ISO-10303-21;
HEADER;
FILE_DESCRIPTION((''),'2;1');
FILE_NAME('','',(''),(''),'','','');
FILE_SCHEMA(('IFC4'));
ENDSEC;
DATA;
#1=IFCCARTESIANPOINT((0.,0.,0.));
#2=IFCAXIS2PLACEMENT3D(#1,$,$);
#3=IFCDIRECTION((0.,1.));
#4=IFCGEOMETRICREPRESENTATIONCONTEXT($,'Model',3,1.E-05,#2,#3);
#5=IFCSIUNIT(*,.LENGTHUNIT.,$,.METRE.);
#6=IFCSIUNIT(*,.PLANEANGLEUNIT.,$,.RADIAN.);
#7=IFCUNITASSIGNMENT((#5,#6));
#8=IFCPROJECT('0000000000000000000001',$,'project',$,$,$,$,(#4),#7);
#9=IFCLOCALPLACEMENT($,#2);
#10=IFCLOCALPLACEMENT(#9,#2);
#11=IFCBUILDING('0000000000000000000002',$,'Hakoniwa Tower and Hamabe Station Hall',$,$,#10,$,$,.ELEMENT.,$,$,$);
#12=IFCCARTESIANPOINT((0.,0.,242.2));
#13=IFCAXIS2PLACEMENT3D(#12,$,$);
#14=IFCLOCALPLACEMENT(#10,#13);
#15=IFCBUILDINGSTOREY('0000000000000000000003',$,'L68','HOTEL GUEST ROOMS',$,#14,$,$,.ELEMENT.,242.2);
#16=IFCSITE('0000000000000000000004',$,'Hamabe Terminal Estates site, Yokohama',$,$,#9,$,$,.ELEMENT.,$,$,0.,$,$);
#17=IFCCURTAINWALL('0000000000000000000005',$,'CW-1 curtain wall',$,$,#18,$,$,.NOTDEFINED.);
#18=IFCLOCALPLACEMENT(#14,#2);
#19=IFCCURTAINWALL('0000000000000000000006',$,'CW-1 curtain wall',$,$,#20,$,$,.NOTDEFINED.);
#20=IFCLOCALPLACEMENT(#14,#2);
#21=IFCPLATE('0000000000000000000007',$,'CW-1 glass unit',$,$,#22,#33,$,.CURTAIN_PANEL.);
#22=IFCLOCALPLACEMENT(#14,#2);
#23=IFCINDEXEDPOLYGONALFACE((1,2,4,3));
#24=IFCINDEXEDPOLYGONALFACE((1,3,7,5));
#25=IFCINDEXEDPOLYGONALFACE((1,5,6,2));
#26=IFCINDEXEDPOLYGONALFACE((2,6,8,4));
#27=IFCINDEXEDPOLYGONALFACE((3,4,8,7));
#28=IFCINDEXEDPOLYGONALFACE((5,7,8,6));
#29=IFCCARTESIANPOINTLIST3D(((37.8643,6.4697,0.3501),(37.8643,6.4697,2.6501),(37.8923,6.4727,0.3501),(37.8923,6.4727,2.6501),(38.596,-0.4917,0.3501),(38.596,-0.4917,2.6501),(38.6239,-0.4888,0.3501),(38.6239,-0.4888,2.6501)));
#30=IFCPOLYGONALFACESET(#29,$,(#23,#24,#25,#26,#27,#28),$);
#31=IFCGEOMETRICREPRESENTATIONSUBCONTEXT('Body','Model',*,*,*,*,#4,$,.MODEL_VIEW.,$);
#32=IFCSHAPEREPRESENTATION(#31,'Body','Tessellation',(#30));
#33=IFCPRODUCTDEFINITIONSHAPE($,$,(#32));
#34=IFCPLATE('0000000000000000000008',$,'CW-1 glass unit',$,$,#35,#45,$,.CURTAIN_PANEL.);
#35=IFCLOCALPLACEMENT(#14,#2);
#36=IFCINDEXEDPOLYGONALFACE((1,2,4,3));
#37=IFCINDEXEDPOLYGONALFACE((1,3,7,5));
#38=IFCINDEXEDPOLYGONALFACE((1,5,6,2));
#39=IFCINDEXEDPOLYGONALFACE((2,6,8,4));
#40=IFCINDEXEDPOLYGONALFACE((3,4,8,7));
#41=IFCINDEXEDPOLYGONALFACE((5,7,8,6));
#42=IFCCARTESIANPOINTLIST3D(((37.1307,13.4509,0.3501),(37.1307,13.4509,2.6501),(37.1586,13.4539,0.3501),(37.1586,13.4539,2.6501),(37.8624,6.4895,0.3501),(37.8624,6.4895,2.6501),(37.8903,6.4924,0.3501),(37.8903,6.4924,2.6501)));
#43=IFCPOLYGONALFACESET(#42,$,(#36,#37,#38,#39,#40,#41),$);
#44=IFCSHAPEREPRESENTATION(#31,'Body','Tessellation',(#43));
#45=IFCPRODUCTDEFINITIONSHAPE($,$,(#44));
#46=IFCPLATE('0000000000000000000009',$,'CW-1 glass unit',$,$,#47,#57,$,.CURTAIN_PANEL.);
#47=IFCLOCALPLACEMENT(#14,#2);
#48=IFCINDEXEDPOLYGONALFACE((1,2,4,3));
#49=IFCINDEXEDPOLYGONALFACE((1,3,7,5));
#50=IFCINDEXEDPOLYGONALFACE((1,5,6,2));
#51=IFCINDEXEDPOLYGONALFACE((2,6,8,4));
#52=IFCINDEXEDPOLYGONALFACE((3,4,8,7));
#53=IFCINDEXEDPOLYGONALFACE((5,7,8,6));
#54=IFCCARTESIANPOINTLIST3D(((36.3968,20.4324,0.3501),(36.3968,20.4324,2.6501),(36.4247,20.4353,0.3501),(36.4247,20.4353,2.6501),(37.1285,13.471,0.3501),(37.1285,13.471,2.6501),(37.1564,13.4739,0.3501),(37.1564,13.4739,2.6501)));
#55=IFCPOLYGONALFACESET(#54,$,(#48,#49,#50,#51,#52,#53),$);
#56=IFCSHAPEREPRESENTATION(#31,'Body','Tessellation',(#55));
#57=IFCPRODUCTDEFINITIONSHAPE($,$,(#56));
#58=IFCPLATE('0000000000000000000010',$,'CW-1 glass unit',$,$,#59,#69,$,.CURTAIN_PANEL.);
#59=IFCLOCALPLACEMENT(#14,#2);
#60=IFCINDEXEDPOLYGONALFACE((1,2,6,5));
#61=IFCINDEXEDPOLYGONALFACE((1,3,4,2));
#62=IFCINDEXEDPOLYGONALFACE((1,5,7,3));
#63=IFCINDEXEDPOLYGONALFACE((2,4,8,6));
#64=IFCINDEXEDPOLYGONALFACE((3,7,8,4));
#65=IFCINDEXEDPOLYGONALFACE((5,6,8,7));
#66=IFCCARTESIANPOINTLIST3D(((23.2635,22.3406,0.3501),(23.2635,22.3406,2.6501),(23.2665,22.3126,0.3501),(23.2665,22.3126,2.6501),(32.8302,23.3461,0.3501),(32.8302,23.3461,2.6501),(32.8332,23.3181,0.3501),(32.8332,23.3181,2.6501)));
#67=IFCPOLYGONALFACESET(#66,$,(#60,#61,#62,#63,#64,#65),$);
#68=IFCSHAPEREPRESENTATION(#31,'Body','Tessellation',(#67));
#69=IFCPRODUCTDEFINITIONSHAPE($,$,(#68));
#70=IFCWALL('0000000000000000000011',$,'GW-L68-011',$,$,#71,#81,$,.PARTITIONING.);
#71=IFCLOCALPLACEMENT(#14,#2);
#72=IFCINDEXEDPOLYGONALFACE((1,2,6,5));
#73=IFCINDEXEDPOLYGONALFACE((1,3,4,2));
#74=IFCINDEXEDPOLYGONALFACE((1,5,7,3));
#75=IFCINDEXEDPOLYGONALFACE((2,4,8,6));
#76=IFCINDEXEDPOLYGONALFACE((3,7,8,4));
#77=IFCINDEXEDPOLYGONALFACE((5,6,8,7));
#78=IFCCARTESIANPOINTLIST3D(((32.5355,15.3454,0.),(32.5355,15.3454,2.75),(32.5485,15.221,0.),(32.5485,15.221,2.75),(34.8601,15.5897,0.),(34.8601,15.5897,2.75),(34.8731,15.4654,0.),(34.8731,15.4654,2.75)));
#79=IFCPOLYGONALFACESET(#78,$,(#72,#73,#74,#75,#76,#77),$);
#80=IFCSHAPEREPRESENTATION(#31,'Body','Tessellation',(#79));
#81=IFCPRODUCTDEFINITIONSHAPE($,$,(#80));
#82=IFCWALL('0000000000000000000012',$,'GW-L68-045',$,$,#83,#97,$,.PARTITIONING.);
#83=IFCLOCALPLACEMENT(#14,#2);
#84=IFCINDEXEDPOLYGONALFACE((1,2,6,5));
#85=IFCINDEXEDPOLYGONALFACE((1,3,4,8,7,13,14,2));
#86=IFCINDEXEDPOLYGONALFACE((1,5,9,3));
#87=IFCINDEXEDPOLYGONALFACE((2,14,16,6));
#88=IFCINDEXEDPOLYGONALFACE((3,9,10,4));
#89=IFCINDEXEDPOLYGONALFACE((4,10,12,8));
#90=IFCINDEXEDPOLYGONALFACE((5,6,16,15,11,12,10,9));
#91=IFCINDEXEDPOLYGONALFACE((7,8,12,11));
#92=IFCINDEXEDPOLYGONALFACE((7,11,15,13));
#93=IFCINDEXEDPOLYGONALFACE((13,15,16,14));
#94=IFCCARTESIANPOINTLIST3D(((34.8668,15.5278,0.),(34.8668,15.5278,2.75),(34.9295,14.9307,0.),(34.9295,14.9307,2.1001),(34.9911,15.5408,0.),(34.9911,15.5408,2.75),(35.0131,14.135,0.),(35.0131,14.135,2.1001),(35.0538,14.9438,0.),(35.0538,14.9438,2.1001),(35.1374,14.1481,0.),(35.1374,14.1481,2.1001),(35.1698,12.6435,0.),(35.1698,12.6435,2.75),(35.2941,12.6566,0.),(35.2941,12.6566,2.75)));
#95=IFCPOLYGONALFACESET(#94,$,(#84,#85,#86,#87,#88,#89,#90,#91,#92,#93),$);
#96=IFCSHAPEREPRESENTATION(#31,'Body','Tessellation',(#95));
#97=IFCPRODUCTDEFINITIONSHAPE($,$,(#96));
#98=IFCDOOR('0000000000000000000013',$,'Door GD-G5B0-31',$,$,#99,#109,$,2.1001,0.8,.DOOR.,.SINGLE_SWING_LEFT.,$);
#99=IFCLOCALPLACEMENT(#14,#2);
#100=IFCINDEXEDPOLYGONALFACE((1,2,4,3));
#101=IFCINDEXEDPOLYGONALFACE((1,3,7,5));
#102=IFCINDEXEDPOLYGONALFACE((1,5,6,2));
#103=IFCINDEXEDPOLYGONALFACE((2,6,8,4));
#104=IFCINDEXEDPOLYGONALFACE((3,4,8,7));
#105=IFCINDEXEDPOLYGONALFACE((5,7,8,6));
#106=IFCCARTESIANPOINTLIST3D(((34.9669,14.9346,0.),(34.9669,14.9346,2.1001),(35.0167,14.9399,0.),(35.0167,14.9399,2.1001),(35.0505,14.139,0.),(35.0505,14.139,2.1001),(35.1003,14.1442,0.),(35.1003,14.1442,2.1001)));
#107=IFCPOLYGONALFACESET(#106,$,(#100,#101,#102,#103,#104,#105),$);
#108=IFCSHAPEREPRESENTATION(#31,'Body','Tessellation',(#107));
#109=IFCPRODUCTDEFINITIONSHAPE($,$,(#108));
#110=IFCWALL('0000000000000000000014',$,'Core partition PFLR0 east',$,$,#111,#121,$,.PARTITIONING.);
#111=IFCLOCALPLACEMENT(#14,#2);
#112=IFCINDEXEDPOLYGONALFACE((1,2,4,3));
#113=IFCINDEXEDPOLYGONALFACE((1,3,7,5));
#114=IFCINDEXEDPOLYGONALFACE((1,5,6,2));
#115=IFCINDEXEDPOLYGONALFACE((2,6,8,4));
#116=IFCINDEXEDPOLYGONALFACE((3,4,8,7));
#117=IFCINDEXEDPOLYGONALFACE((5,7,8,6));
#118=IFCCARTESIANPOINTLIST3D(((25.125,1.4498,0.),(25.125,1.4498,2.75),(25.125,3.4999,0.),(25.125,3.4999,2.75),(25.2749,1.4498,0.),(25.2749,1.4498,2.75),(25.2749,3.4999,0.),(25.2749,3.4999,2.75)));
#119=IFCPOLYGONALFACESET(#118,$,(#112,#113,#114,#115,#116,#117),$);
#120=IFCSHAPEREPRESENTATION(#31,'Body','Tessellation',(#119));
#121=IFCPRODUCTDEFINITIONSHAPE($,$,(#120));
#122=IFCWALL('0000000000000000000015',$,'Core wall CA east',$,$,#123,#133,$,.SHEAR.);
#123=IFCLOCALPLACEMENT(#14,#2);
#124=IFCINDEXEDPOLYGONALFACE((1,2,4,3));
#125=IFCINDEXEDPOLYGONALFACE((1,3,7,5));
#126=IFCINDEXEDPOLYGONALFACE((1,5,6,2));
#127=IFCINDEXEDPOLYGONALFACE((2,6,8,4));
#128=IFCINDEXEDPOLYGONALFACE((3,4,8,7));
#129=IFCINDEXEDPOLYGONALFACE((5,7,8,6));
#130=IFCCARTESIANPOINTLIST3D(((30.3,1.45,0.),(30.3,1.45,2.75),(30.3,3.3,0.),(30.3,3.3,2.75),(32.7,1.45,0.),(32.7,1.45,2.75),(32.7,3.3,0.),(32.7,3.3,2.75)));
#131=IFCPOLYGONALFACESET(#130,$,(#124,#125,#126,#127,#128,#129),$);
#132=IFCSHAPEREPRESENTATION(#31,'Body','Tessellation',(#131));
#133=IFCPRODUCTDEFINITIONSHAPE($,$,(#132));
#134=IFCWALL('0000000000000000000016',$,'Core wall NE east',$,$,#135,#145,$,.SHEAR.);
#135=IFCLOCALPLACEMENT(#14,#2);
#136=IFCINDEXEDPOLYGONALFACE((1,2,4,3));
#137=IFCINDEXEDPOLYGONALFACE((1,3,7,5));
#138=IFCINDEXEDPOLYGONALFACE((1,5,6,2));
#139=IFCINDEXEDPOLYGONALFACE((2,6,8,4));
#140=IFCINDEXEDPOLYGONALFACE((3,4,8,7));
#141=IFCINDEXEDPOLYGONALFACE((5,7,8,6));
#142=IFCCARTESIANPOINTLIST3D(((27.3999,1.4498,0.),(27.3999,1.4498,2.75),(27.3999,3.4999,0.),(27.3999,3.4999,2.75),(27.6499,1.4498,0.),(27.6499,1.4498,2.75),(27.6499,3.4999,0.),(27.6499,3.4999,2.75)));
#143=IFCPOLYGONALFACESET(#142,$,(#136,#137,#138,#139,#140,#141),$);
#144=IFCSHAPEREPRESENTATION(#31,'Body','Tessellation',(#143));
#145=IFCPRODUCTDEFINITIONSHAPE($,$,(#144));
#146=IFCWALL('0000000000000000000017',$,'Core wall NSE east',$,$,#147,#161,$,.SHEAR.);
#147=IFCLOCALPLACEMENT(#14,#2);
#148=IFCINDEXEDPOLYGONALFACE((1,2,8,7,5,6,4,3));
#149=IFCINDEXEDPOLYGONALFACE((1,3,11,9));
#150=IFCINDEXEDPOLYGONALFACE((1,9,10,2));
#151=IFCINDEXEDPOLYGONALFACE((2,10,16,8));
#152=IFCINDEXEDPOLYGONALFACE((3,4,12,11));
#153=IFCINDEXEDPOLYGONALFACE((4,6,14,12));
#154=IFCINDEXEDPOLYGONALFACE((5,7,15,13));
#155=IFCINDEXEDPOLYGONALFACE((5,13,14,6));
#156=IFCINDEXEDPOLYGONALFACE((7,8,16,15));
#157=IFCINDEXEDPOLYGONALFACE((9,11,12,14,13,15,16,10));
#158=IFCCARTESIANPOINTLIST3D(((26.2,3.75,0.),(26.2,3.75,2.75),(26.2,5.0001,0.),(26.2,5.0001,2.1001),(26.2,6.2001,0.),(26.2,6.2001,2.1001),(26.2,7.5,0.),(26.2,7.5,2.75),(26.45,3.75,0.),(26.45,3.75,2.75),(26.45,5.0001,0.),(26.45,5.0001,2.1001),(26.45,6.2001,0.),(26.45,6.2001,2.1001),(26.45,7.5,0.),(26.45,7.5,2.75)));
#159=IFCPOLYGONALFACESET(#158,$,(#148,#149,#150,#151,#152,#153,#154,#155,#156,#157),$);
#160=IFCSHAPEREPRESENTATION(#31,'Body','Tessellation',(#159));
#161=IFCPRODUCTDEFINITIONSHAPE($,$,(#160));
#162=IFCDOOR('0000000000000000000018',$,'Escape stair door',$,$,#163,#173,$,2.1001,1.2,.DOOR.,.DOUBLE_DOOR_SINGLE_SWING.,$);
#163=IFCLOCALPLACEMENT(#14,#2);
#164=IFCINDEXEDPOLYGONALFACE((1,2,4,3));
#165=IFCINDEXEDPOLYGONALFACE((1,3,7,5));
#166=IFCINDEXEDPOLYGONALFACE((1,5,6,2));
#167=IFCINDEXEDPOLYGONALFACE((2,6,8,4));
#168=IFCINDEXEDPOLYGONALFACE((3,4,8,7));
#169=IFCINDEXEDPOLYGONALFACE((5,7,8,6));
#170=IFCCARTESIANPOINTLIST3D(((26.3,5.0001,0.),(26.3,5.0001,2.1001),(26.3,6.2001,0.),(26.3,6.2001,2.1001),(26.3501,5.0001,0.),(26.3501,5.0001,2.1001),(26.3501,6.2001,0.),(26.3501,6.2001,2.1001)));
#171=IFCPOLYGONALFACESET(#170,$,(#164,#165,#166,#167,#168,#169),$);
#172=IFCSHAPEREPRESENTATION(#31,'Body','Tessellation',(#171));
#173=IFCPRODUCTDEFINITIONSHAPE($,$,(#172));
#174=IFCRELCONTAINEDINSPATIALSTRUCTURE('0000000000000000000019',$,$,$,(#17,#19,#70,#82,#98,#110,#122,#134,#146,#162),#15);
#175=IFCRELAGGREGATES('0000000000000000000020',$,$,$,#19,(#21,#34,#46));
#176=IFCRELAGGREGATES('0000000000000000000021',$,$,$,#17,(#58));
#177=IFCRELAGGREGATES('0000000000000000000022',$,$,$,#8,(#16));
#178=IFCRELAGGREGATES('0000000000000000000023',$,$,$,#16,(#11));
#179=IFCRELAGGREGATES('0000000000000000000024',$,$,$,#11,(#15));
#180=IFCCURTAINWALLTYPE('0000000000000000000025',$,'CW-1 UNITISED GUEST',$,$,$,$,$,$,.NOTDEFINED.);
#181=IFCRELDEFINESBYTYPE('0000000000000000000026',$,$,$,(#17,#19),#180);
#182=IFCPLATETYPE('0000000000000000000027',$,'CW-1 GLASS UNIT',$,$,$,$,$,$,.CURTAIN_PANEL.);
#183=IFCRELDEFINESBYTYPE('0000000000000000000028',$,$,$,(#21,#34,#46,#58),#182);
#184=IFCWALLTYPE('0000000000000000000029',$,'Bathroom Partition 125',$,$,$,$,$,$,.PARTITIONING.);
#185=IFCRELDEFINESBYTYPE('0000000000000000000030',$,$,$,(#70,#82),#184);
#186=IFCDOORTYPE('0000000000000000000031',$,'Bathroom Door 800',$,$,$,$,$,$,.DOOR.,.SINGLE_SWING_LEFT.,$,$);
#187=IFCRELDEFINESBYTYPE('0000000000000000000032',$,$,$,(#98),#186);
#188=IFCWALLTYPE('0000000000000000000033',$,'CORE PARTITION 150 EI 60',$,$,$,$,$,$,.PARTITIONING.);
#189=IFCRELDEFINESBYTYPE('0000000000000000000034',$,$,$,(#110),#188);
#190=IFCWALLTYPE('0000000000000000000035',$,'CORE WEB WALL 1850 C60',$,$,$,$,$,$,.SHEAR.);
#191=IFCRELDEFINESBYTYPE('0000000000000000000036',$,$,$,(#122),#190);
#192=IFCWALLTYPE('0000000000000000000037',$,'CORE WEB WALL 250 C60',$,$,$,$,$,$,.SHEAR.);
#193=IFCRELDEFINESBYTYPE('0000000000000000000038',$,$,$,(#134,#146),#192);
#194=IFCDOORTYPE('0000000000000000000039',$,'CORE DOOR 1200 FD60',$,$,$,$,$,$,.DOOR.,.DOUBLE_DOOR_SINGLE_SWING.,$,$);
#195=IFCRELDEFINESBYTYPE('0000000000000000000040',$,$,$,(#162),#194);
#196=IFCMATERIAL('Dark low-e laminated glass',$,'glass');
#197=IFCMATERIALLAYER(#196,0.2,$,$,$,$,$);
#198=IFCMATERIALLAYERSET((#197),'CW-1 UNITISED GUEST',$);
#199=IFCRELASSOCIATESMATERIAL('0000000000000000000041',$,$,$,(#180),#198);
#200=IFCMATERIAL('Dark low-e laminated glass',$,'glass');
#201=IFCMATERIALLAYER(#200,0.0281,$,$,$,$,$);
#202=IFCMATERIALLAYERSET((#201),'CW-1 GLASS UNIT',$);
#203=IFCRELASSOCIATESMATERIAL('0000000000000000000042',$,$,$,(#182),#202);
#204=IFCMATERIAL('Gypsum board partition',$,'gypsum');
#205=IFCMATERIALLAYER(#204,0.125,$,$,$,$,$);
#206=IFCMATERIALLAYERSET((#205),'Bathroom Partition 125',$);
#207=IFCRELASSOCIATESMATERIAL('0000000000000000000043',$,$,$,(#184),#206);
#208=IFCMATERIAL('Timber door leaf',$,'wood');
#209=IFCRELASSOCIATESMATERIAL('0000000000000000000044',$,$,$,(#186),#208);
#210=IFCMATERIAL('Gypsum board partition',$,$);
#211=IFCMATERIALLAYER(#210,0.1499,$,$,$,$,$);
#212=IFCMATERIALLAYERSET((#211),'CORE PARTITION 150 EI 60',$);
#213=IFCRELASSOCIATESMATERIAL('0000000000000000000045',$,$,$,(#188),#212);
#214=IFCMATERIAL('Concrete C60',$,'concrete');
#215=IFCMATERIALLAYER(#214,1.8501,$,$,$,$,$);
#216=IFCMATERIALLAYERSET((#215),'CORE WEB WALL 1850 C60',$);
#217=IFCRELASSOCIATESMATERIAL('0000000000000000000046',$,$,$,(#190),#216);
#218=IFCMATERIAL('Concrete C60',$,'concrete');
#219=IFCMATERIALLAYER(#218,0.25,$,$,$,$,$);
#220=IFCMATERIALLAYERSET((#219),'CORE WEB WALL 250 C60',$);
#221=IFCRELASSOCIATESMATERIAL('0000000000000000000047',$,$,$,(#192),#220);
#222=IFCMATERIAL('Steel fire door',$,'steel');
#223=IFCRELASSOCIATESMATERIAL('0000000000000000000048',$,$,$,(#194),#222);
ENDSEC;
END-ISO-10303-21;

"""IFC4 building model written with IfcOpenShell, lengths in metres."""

from ifc_helpers import new_model, si_unit, direction, frame, frame_2d, origin, origin_2d, place, context, subcontext, project, spatial, rectangle, extrude, material, layer, layer_set, type_object, element, fill, aggregate, save


model = new_model("IFC4")

# Units and contexts
model_context = context("Model", 3, precision=1e-05, world=origin(), true_north=direction((0.0, 1.0)))
body_context = subcontext(model_context, "Body", "Model", "MODEL_VIEW")
ifc_project = project(units=[si_unit("LENGTHUNIT", "METRE"), si_unit("PLANEANGLEUNIT", "RADIAN")], contexts=[model_context])

# Site, building, storey
site_placement = place(None, origin())
site = spatial("IfcSite", under=ifc_project, at=site_placement, Name="Hamabe Terminal Estates site, Yokohama", CompositionType="ELEMENT", RefElevation=0.0)
building_placement = place(site_placement, origin())
building = spatial("IfcBuilding", under=site, at=building_placement, Name="Hakoniwa Tower and Hamabe Station Hall", CompositionType="ELEMENT")
storey_placement = place(building_placement, frame((0.0, 0.0, 242.2)))
storey = spatial("IfcBuildingStorey", under=building, at=storey_placement, Name="L68", Description="HOTEL GUEST ROOMS", CompositionType="ELEMENT", Elevation=242.2)

# Curtain wall
ifc_material_1 = material(Name="Dark low-e laminated glass", Category="glass")
ifc_layer_1 = layer(ifc_material_1, 0.2)
ifc_layer_set_1 = layer_set([ifc_layer_1], Name="CW-1 UNITISED GUEST")
curtain_wall_type = type_object("IfcCurtainWallType", Name="CW-1 UNITISED GUEST", PredefinedType="NOTDEFINED", material=ifc_layer_set_1)
curtain_wall_1_placement = place(storey_placement, origin())
curtain_wall_1 = element("IfcCurtainWall", 1, at=curtain_wall_1_placement, inside=storey, type_object=curtain_wall_type, Name="CW-1 curtain wall", PredefinedType="NOTDEFINED")

# Curtain wall
curtain_wall_2_placement = place(storey_placement, origin())
curtain_wall_2 = element("IfcCurtainWall", 2, at=curtain_wall_2_placement, inside=storey, type_object=curtain_wall_type, Name="CW-1 curtain wall", PredefinedType="NOTDEFINED")

# Plates
ifc_material_2 = material(Name="Dark low-e laminated glass", Category="glass")
ifc_layer_2 = layer(ifc_material_2, 0.0281)
ifc_layer_set_2 = layer_set([ifc_layer_2], Name="CW-1 GLASS UNIT")
plate_type = type_object("IfcPlateType", Name="CW-1 GLASS UNIT", PredefinedType="CURTAIN_PANEL", material=ifc_layer_set_2)
plate_1_placement = place(storey_placement, frame((38.2441, 2.9905, 0.3501), z_axis=(0.0, 0.0, 1.0), x_axis=(-0.104528, 0.994522, 0.0)))
plate_1 = element("IfcPlate", 3, at=plate_1_placement, type_object=plate_type, Name="CW-1 glass unit", PredefinedType="CURTAIN_PANEL", context=body_context, shape_type="SweptSolid", body=[
    extrude(rectangle(XDim=6.9998, YDim=0.0281, at=origin_2d()), origin(), (0.0, 0.0, 1.0), 2.3),
])
plate_2_placement = place(storey_placement, frame((37.5105, 9.9717, 0.3501), z_axis=(0.0, 0.0, 1.0), x_axis=(-0.104528, 0.994522, 0.0)))
plate_2 = element("IfcPlate", 4, at=plate_2_placement, type_object=plate_type, Name="CW-1 glass unit", PredefinedType="CURTAIN_PANEL", context=body_context, shape_type="SweptSolid", body=[
    extrude(rectangle(XDim=6.9998, YDim=0.0281, at=origin_2d()), origin(), (0.0, 0.0, 1.0), 2.3),
])
plate_3_placement = place(storey_placement, frame((36.7766, 16.9531, 0.3501), z_axis=(0.0, 0.0, 1.0), x_axis=(-0.104528, 0.994522, 0.0)))
plate_3 = element("IfcPlate", 5, at=plate_3_placement, type_object=plate_type, Name="CW-1 glass unit", PredefinedType="CURTAIN_PANEL", context=body_context, shape_type="SweptSolid", body=[
    extrude(rectangle(XDim=6.9998, YDim=0.0281, at=origin_2d()), origin(), (0.0, 0.0, 1.0), 2.3),
])
aggregate(curtain_wall_2, [plate_1, plate_2, plate_3])
plate_4_placement = place(storey_placement, frame((28.0483, 22.8293, 0.3501), z_axis=(0.0, 0.0, 1.0), x_axis=(-0.994522, -0.104528, 0.0)))
plate_4 = element("IfcPlate", 6, at=plate_4_placement, type_object=plate_type, Name="CW-1 glass unit", PredefinedType="CURTAIN_PANEL", context=body_context, shape_type="SweptSolid", body=[
    extrude(rectangle(XDim=9.6194, YDim=0.0281, at=origin_2d()), origin(), (0.0, 0.0, 1.0), 2.3),
])
aggregate(curtain_wall_1, [plate_4])

# Wall
ifc_material_3 = material(Name="Gypsum board partition", Category="gypsum")
ifc_layer_3 = layer(ifc_material_3, 0.125)
ifc_layer_set_3 = layer_set([ifc_layer_3], Name="Bathroom Partition 125")
wall_type_1 = type_object("IfcWallType", Name="Bathroom Partition 125", PredefinedType="PARTITIONING", material=ifc_layer_set_3)
wall_1_placement = place(storey_placement, frame((32.542, 15.2832, 0.0), z_axis=(0.0, 0.0, 1.0), x_axis=(0.99452, 0.104549, 0.0)))
element("IfcWall", 7, at=wall_1_placement, inside=storey, type_object=wall_type_1, Name="GW-L68-011", PredefinedType="PARTITIONING", context=body_context, shape_type="SweptSolid", body=[
    extrude(rectangle(XDim=2.3374, YDim=0.125, at=frame_2d((1.1687, 0.0))), origin(), (0.0, 0.0, 1.0), 2.75),
])

# Wall, opening, door
wall_2_placement = place(storey_placement, frame((35.2319, 12.6499, 0.0), z_axis=(0.0, 0.0, 1.0), x_axis=(-0.10447, 0.994528, 0.0)))
wall_2 = element("IfcWall", 8, at=wall_2_placement, inside=storey, type_object=wall_type_1, Name="GW-L68-045", PredefinedType="PARTITIONING", context=body_context, shape_type="SweptSolid", body=[
    extrude(rectangle(XDim=2.9001, YDim=0.125, at=frame_2d((1.4502, 0.0))), origin(), (0.0, 0.0, 1.0), 2.75),
])
opening_1_placement = place(wall_2_placement, frame((1.5, 0.0, 0.0)))
opening_1 = element("IfcOpeningElement", 9, at=opening_1_placement, cuts=wall_2, PredefinedType="OPENING", context=body_context, shape_type="SweptSolid", body=[
    extrude(rectangle(XDim=0.8, YDim=2.1001, at=frame_2d((0.3999, 1.05))), frame((0.0, 0.0725, 0.0), z_axis=(0.0, -1.0, 0.0), x_axis=(1.0, 0.0, 0.0)), (0.0, 0.0, 1.0), 0.145),
])
ifc_material_4 = material(Name="Timber door leaf", Category="wood")
door_type_1 = type_object("IfcDoorType", Name="Bathroom Door 800", OperationType="SINGLE_SWING_LEFT", PredefinedType="DOOR", material=ifc_material_4)
door_1_placement = place(opening_1_placement, origin())
door_1 = element("IfcDoor", 10, at=door_1_placement, inside=storey, type_object=door_type_1, Name="Door GD-G5B0-31", OperationType="SINGLE_SWING_LEFT", OverallHeight=2.1001, OverallWidth=0.8, PredefinedType="DOOR", context=body_context, shape_type="SweptSolid", body=[
    extrude(rectangle(XDim=0.8, YDim=2.1001, at=frame_2d((0.3999, 1.05))), frame((0.0, 0.0249, 0.0), z_axis=(0.0, -1.0, 0.0), x_axis=(1.0, 0.0, 0.0)), (0.0, 0.0, 1.0), 0.05),
])
fill(opening_1, door_1)

# Walls
ifc_material_5 = material(Name="Gypsum board partition")
ifc_layer_4 = layer(ifc_material_5, 0.1499)
ifc_layer_set_4 = layer_set([ifc_layer_4], Name="CORE PARTITION 150 EI 60")
wall_type_2 = type_object("IfcWallType", Name="CORE PARTITION 150 EI 60", PredefinedType="PARTITIONING", material=ifc_layer_set_4)
wall_3_placement = place(storey_placement, frame((25.2, 1.45, 0.0), z_axis=(0.0, 0.0, 1.0), x_axis=(0.0, 1.0, 0.0)))
element("IfcWall", 11, at=wall_3_placement, inside=storey, type_object=wall_type_2, Name="Core partition PFLR0 east", PredefinedType="PARTITIONING", context=body_context, shape_type="SweptSolid", body=[
    extrude(rectangle(XDim=2.05, YDim=0.1499, at=frame_2d((1.0249, 0.0))), origin(), (0.0, 0.0, 1.0), 2.75),
])
ifc_material_6 = material(Name="Concrete C60", Category="concrete")
ifc_layer_5 = layer(ifc_material_6, 1.8501)
ifc_layer_set_5 = layer_set([ifc_layer_5], Name="CORE WEB WALL 1850 C60")
wall_type_3 = type_object("IfcWallType", Name="CORE WEB WALL 1850 C60", PredefinedType="SHEAR", material=ifc_layer_set_5)
wall_4_placement = place(storey_placement, frame((30.3, 2.375, 0.0), z_axis=(0.0, 0.0, 1.0), x_axis=(1.0, 0.0, 0.0)))
element("IfcWall", 12, at=wall_4_placement, inside=storey, type_object=wall_type_3, Name="Core wall CA east", PredefinedType="SHEAR", context=body_context, shape_type="SweptSolid", body=[
    extrude(rectangle(XDim=2.3999, YDim=1.8501, at=frame_2d((1.2, 0.0))), origin(), (0.0, 0.0, 1.0), 2.75),
])
ifc_material_7 = material(Name="Concrete C60", Category="concrete")
ifc_layer_6 = layer(ifc_material_7, 0.25)
ifc_layer_set_6 = layer_set([ifc_layer_6], Name="CORE WEB WALL 250 C60")
wall_type_4 = type_object("IfcWallType", Name="CORE WEB WALL 250 C60", PredefinedType="SHEAR", material=ifc_layer_set_6)
wall_5_placement = place(storey_placement, frame((27.5249, 1.45, 0.0), z_axis=(0.0, 0.0, 1.0), x_axis=(0.0, 1.0, 0.0)))
element("IfcWall", 13, at=wall_5_placement, inside=storey, type_object=wall_type_4, Name="Core wall NE east", PredefinedType="SHEAR", context=body_context, shape_type="SweptSolid", body=[
    extrude(rectangle(XDim=2.05, YDim=0.25, at=frame_2d((1.0249, 0.0))), origin(), (0.0, 0.0, 1.0), 2.75),
])

# Wall, opening, door
wall_6_placement = place(storey_placement, frame((26.325, 3.75, 0.0), z_axis=(0.0, 0.0, 1.0), x_axis=(0.0, 1.0, 0.0)))
wall_6 = element("IfcWall", 14, at=wall_6_placement, inside=storey, type_object=wall_type_4, Name="Core wall NSE east", PredefinedType="SHEAR", context=body_context, shape_type="SweptSolid", body=[
    extrude(rectangle(XDim=3.75, YDim=0.25, at=frame_2d((1.875, 0.0))), origin(), (0.0, 0.0, 1.0), 2.75),
])
opening_2_placement = place(wall_6_placement, frame((1.25, 0.0, 0.0)))
opening_2 = element("IfcOpeningElement", 15, at=opening_2_placement, cuts=wall_6, PredefinedType="OPENING", context=body_context, shape_type="SweptSolid", body=[
    extrude(rectangle(XDim=1.2, YDim=2.1001, at=frame_2d((0.6001, 1.05))), frame((0.0, 0.135, 0.0), z_axis=(0.0, -1.0, 0.0), x_axis=(1.0, 0.0, 0.0)), (0.0, 0.0, 1.0), 0.27),
])
ifc_material_8 = material(Name="Steel fire door", Category="steel")
door_type_2 = type_object("IfcDoorType", Name="CORE DOOR 1200 FD60", OperationType="DOUBLE_DOOR_SINGLE_SWING", PredefinedType="DOOR", material=ifc_material_8)
door_2_placement = place(opening_2_placement, origin())
door_2 = element("IfcDoor", 16, at=door_2_placement, inside=storey, type_object=door_type_2, Name="Escape stair door", OperationType="DOUBLE_DOOR_SINGLE_SWING", OverallHeight=2.1001, OverallWidth=1.2, PredefinedType="DOOR", context=body_context, shape_type="SweptSolid", body=[
    extrude(rectangle(XDim=1.2, YDim=2.1001, at=frame_2d((0.6001, 1.05))), frame((0.0, 0.0249, 0.0), z_axis=(0.0, -1.0, 0.0), x_axis=(1.0, 0.0, 0.0)), (0.0, 0.0, 1.0), 0.05),
])
fill(opening_2, door_2)

save(model, "model.ifc")
